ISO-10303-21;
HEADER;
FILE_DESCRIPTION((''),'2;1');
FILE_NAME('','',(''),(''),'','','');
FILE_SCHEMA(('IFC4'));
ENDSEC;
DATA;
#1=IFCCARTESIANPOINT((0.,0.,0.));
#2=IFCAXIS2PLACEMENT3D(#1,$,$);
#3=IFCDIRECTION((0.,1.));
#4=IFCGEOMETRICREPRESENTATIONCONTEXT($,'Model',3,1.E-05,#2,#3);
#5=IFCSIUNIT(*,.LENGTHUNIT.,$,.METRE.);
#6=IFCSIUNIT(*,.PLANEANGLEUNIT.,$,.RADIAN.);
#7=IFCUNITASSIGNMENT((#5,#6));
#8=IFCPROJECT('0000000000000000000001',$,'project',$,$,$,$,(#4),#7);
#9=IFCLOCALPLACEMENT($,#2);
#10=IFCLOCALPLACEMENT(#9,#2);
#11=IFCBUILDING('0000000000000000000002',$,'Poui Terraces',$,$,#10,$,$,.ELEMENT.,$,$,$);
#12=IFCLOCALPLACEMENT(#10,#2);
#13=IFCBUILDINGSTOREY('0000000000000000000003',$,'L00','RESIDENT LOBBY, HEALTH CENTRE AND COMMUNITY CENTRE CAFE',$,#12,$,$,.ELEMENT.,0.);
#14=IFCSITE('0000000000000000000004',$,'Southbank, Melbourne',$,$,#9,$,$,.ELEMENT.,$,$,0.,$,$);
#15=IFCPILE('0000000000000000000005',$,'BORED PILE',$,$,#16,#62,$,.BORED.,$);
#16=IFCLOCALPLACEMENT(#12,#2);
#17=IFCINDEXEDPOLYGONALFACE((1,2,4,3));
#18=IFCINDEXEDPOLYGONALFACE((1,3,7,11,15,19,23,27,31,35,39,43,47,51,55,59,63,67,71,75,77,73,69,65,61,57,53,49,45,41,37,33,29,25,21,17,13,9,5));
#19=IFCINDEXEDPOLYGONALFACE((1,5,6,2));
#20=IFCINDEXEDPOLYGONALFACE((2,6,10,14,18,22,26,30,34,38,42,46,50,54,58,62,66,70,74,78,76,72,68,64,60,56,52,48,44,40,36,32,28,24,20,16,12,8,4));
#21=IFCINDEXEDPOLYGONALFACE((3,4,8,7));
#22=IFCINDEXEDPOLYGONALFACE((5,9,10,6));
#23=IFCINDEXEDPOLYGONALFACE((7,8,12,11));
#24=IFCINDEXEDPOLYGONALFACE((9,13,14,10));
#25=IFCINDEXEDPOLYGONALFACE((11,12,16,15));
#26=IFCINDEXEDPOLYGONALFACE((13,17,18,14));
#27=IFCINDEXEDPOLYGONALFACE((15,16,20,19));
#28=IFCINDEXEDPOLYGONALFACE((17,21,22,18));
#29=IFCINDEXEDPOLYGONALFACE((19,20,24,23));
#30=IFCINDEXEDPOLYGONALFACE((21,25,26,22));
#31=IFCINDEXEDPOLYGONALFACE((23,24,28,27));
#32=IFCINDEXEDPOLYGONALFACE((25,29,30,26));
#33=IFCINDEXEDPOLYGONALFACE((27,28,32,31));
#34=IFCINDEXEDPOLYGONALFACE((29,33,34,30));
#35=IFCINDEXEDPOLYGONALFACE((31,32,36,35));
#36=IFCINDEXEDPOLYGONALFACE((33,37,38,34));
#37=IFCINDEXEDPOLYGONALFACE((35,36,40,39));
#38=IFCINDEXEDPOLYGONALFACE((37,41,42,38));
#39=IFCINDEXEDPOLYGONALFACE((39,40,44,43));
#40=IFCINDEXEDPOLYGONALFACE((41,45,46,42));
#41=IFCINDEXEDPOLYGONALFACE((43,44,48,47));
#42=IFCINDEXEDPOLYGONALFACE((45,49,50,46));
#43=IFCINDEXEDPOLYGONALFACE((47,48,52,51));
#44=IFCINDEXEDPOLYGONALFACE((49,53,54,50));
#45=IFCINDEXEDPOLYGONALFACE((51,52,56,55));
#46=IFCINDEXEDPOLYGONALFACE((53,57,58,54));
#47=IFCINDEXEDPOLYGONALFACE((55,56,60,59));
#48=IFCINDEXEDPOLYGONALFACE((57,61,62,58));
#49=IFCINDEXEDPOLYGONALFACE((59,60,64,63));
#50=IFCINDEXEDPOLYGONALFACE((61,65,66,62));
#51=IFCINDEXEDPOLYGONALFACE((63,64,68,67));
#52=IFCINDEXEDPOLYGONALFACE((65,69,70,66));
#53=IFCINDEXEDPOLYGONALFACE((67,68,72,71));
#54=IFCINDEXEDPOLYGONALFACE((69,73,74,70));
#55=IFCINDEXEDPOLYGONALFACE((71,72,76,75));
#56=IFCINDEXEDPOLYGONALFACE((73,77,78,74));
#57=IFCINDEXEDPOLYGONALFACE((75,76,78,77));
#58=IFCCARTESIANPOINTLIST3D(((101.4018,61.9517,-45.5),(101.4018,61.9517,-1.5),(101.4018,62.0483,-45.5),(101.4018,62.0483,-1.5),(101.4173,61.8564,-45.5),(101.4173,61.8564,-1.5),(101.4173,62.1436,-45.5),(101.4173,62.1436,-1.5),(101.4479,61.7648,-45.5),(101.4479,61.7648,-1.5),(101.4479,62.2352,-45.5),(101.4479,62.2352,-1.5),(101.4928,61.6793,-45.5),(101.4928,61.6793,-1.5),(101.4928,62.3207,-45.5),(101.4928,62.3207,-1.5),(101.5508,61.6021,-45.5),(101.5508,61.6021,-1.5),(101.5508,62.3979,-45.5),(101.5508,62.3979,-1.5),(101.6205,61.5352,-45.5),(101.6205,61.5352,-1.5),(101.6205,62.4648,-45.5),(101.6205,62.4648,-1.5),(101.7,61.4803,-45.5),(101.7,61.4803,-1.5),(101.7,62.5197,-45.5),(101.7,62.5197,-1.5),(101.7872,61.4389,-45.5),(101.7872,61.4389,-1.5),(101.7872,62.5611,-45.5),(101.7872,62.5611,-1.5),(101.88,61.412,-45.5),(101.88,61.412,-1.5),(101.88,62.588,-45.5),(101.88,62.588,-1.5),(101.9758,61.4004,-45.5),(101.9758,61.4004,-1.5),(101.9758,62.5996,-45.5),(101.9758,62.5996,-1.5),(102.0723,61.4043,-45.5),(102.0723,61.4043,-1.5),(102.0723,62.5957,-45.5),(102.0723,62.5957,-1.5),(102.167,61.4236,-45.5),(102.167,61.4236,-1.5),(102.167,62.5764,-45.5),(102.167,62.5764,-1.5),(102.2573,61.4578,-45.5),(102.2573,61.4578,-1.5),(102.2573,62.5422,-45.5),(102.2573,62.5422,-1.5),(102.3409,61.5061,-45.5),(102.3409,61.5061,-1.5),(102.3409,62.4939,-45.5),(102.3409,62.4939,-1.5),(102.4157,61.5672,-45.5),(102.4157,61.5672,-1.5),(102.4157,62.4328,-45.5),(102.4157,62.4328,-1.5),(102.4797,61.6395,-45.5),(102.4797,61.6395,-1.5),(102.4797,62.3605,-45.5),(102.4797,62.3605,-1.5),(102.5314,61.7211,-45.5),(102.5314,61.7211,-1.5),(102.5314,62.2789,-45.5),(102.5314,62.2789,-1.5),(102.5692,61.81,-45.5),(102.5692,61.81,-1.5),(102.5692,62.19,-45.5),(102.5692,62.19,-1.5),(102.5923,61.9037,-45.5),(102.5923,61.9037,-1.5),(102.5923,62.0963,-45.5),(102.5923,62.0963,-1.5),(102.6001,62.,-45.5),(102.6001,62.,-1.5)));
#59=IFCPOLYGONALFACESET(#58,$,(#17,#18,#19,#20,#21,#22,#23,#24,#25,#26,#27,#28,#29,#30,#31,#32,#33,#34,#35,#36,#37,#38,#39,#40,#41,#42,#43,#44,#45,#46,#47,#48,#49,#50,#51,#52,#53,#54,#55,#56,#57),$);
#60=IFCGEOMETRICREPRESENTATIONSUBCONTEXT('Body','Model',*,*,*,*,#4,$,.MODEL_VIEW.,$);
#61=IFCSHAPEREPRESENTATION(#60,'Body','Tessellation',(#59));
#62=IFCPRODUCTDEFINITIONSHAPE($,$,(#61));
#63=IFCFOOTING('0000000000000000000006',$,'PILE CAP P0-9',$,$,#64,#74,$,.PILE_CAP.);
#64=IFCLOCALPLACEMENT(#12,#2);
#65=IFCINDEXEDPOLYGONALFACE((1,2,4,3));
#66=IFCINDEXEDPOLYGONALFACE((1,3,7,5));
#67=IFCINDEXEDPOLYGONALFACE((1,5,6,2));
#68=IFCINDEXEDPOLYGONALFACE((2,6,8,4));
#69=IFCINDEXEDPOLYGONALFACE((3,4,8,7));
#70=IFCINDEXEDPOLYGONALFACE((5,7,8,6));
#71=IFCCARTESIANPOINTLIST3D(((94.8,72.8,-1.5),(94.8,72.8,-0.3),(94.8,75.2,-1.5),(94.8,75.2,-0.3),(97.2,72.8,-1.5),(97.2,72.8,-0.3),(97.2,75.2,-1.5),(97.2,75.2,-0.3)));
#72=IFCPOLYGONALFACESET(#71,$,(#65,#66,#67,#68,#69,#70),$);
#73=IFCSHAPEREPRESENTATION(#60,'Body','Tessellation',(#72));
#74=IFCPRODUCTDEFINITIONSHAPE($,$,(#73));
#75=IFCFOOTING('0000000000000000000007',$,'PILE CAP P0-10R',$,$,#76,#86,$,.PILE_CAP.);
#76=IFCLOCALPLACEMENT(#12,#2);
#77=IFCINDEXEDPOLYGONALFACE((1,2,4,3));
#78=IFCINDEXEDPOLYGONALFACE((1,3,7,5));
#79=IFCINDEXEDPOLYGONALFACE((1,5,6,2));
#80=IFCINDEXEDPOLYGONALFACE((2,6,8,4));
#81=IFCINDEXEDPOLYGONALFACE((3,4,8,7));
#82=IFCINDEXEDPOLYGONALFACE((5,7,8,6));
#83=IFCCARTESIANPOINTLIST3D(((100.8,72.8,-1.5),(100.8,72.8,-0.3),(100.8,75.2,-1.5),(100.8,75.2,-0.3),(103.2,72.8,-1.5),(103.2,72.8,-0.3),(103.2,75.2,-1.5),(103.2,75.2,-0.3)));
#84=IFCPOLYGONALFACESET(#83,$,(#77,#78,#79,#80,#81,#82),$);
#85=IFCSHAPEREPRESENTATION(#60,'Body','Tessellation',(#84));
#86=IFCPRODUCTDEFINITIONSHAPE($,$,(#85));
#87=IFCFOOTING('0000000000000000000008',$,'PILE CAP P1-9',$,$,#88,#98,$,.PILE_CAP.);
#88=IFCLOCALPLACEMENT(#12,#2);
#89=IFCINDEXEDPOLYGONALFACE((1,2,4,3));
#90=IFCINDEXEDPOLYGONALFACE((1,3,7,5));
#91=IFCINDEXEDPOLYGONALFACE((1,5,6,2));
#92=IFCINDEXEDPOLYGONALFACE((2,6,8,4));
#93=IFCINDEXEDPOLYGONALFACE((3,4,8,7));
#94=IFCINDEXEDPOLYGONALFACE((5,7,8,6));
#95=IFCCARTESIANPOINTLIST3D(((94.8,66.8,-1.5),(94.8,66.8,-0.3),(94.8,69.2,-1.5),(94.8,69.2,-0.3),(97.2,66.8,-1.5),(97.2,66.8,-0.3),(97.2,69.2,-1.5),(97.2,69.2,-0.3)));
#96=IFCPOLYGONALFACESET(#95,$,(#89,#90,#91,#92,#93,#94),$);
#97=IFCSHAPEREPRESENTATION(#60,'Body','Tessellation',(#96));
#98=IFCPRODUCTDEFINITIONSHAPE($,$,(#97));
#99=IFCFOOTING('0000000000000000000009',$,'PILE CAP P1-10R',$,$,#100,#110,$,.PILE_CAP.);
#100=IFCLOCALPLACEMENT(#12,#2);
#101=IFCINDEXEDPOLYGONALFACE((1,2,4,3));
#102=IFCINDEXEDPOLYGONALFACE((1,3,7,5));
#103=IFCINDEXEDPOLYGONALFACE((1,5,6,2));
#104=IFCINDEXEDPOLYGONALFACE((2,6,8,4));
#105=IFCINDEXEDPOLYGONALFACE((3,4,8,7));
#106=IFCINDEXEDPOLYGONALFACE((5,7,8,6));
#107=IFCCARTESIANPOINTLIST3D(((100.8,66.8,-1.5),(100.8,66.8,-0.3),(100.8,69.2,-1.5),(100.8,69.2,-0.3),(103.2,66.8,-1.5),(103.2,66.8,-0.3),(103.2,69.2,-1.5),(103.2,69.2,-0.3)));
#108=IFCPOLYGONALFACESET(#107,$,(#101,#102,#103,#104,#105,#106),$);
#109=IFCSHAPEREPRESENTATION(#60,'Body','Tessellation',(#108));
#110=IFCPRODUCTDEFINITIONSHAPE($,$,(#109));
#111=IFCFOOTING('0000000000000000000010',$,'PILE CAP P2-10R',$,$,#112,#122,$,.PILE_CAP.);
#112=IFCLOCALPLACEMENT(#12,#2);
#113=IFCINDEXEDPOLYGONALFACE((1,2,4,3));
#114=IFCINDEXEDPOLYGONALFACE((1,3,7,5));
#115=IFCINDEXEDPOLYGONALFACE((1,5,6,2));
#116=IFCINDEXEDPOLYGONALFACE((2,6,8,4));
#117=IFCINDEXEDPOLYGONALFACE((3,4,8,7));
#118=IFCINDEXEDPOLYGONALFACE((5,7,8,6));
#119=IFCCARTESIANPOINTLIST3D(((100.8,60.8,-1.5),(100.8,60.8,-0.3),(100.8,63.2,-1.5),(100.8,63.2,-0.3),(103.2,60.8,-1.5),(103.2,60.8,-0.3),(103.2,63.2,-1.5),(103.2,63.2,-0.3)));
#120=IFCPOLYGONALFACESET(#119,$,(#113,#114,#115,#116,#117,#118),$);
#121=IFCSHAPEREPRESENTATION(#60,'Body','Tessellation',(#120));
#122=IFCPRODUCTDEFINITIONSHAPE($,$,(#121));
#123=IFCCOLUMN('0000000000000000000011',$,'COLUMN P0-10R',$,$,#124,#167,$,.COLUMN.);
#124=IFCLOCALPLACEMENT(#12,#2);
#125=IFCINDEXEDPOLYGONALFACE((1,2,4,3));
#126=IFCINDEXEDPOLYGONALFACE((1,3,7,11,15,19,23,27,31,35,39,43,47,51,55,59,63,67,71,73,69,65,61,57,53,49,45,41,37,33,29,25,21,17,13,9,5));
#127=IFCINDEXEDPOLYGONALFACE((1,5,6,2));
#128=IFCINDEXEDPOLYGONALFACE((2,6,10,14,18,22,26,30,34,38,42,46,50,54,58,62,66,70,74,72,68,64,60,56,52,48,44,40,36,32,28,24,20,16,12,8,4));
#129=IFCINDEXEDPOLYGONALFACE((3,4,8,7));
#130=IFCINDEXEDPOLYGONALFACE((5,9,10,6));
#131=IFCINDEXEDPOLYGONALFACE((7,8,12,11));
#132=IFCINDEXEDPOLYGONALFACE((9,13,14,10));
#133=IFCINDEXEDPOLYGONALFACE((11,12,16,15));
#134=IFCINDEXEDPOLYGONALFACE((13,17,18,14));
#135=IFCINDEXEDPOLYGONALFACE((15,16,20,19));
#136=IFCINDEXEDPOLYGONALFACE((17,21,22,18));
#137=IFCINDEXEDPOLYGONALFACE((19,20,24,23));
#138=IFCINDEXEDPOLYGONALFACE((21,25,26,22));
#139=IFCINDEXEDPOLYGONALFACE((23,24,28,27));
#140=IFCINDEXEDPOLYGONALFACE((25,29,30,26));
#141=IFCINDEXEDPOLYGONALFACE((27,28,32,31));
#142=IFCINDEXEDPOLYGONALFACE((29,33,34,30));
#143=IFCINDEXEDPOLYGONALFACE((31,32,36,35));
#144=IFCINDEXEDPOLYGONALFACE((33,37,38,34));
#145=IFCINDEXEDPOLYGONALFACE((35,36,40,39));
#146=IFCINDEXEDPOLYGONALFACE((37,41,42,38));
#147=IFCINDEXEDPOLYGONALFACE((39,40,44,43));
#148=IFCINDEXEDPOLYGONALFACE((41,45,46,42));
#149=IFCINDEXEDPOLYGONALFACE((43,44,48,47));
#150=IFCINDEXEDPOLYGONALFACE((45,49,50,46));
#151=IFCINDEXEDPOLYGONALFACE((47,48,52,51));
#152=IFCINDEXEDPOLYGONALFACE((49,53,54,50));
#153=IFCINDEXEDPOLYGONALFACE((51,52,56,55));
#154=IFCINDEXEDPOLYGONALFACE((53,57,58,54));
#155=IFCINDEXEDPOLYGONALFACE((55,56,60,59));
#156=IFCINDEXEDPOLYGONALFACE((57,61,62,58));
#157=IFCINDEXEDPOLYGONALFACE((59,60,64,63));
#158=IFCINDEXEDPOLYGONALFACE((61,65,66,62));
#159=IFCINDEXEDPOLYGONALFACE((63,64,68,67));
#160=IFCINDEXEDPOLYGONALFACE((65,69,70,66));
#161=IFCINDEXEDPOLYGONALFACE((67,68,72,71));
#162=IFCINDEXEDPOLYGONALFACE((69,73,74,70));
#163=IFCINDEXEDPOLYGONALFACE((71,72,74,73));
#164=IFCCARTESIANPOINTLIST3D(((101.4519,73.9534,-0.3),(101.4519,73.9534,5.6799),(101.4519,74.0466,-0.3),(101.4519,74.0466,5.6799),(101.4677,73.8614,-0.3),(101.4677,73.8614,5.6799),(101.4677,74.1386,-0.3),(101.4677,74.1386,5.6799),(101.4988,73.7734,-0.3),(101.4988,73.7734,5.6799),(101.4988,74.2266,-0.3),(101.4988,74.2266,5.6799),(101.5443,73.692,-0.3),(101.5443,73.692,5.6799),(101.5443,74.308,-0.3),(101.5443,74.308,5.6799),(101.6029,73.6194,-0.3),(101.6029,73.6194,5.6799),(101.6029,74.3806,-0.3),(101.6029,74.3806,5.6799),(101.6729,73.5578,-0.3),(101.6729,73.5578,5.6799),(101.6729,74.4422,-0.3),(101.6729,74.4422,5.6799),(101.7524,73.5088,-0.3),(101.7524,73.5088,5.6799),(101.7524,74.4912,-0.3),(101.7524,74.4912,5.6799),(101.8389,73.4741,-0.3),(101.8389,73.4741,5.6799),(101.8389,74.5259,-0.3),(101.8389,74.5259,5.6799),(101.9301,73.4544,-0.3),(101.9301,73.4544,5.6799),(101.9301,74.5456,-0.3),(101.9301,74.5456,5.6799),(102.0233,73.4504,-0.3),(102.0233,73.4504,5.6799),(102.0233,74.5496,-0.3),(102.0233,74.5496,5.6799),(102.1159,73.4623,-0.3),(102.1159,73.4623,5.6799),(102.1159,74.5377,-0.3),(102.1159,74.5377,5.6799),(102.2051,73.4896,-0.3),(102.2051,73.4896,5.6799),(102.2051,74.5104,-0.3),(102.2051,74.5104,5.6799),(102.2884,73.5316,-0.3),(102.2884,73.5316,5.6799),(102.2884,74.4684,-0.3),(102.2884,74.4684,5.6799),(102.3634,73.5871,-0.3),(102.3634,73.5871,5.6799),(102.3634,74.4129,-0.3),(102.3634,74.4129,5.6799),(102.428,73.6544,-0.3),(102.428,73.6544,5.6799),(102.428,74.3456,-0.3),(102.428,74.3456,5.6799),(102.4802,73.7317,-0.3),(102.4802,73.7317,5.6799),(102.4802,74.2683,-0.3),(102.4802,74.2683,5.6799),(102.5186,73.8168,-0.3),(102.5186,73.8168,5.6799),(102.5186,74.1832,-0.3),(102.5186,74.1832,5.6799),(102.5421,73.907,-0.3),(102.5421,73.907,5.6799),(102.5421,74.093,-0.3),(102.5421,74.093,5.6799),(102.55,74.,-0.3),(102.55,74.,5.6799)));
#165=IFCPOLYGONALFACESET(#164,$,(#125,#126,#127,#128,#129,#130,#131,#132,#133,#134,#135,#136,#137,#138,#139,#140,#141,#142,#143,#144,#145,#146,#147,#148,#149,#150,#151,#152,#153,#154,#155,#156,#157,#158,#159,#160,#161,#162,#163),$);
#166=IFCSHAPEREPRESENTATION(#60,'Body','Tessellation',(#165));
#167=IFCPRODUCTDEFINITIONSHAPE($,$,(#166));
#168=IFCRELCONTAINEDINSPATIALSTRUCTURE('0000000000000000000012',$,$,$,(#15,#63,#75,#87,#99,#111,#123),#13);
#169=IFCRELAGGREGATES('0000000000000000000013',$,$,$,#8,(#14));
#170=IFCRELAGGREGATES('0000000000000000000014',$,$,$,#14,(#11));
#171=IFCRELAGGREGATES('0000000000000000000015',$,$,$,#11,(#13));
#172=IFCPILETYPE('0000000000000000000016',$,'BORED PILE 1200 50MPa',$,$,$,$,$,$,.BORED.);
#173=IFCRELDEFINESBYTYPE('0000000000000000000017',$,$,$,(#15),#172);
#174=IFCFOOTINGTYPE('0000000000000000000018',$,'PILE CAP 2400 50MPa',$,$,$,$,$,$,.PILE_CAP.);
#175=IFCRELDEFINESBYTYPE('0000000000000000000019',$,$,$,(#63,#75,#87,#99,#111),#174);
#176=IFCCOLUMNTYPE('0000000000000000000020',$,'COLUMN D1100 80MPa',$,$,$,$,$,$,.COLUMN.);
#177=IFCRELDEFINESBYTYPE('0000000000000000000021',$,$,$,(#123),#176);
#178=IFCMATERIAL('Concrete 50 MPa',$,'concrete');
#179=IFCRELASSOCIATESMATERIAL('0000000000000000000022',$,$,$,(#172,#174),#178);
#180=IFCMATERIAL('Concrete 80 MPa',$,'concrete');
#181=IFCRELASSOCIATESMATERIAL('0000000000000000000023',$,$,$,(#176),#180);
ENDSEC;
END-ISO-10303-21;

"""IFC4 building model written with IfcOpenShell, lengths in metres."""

from ifc_helpers import new_model, si_unit, direction, frame, origin, origin_2d, place, context, subcontext, project, spatial, rectangle, circle, extrude, source, transform, mapped, material, material_profile, profile_set, type_object, element, save


model = new_model("IFC4")

# Units and contexts
model_context = context("Model", 3, precision=1e-05, world=origin(), true_north=direction((0.0, 1.0)))
body_context = subcontext(model_context, "Body", "Model", "MODEL_VIEW")
ifc_project = project(units=[si_unit("LENGTHUNIT", "METRE"), si_unit("PLANEANGLEUNIT", "RADIAN")], contexts=[model_context])

# Site, building, storey
site_placement = place(None, origin())
site = spatial("IfcSite", under=ifc_project, at=site_placement, Name="Southbank, Melbourne", CompositionType="ELEMENT", RefElevation=0.0)
building_placement = place(site_placement, origin())
building = spatial("IfcBuilding", under=site, at=building_placement, Name="Poui Terraces", CompositionType="ELEMENT")
storey_placement = place(building_placement, origin())
storey = spatial("IfcBuildingStorey", under=building, at=storey_placement, Name="L00", Description="RESIDENT LOBBY, HEALTH CENTRE AND COMMUNITY CENTRE CAFE", CompositionType="ELEMENT", Elevation=0.0)

# Pile
ifc_material_1 = material(Name="Concrete 50 MPa", Category="concrete")
ifc_material_profile_1 = material_profile(ifc_material_1, circle(Radius=0.6001, at=origin_2d()), Name="RC D1200")
ifc_profile_set_1 = profile_set([ifc_material_profile_1], Name="Concrete 50 MPa")
pile_type = type_object("IfcPileType", Name="BORED PILE 1200 50MPa", PredefinedType="BORED", material=ifc_profile_set_1)
for number, where, z_axis, x_axis, name in (
    (1, (102.0, 62.0, -1.5), (0.0, 0.0, -1.0), (1.0, 0.0, 0.0), "BORED PILE"),
):
    element("IfcPile", number, at=place(storey_placement, frame(where, z_axis=z_axis, x_axis=x_axis)), inside=storey, type_object=pile_type, Name=name, PredefinedType="BORED", context=body_context, shape_type="SweptSolid", body=[
        extrude(circle(Radius=0.6001, at=origin_2d()), origin(), (0.0, 0.0, 1.0), 44.0),
    ])

# Footings
footing_type = type_object("IfcFootingType", Name="PILE CAP 2400 50MPa", PredefinedType="PILE_CAP", material=ifc_material_1)
shared_shape_1 = source(origin(), body_context, "Body", "SweptSolid", [
    extrude(rectangle(XDim=2.3999, YDim=2.3999, at=origin_2d()), origin(), (0.0, 0.0, 1.0), 1.2),
])
for number, where, z_axis, x_axis, name in (
    (2, (96.0, 74.0, -1.5), (0.0, 0.0, 1.0), (1.0, 0.0, 0.0), "PILE CAP P0-9"),
    (3, (102.0, 74.0, -1.5), (0.0, 0.0, 1.0), (1.0, 0.0, 0.0), "PILE CAP P0-10R"),
    (4, (96.0, 68.0, -1.5), (0.0, 0.0, 1.0), (1.0, 0.0, 0.0), "PILE CAP P1-9"),
    (5, (102.0, 68.0, -1.5), (0.0, 0.0, 1.0), (1.0, 0.0, 0.0), "PILE CAP P1-10R"),
    (6, (102.0, 62.0, -1.5), (0.0, 0.0, 1.0), (1.0, 0.0, 0.0), "PILE CAP P2-10R"),
):
    element("IfcFooting", number, at=place(storey_placement, frame(where, z_axis=z_axis, x_axis=x_axis)), inside=storey, type_object=footing_type, Name=name, PredefinedType="PILE_CAP", context=body_context, shape_type="MappedRepresentation", body=[
        mapped(shared_shape_1, transform((0.0, 0.0, 0.0))),
    ])

# Column
ifc_material_2 = material(Name="Concrete 80 MPa", Category="concrete")
ifc_material_profile_2 = material_profile(ifc_material_2, circle(Radius=0.55, at=origin_2d()), Name="RC D1100")
ifc_profile_set_2 = profile_set([ifc_material_profile_2], Name="Concrete 80 MPa")
column_type_1 = type_object("IfcColumnType", Name="COLUMN D1100 80MPa", PredefinedType="COLUMN", material=ifc_profile_set_2)
shared_shape_2 = source(origin(), body_context, "Body", "SweptSolid", [
    extrude(circle(Radius=0.55, at=origin_2d()), origin(), (0.0, 0.0, 1.0), 5.98),
])
for number, where, z_axis, x_axis, name in (
    (7, (102.0, 74.0, -0.3), (0.0, 0.0, 1.0), (1.0, 0.0, 0.0), "COLUMN P0-10R"),
):
    element("IfcColumn", number, at=place(storey_placement, frame(where, z_axis=z_axis, x_axis=x_axis)), inside=storey, type_object=column_type_1, Name=name, PredefinedType="COLUMN", context=body_context, shape_type="MappedRepresentation", body=[
        mapped(shared_shape_2, transform((0.0, 0.0, 0.0))),
    ])

save(model, "model.ifc")
